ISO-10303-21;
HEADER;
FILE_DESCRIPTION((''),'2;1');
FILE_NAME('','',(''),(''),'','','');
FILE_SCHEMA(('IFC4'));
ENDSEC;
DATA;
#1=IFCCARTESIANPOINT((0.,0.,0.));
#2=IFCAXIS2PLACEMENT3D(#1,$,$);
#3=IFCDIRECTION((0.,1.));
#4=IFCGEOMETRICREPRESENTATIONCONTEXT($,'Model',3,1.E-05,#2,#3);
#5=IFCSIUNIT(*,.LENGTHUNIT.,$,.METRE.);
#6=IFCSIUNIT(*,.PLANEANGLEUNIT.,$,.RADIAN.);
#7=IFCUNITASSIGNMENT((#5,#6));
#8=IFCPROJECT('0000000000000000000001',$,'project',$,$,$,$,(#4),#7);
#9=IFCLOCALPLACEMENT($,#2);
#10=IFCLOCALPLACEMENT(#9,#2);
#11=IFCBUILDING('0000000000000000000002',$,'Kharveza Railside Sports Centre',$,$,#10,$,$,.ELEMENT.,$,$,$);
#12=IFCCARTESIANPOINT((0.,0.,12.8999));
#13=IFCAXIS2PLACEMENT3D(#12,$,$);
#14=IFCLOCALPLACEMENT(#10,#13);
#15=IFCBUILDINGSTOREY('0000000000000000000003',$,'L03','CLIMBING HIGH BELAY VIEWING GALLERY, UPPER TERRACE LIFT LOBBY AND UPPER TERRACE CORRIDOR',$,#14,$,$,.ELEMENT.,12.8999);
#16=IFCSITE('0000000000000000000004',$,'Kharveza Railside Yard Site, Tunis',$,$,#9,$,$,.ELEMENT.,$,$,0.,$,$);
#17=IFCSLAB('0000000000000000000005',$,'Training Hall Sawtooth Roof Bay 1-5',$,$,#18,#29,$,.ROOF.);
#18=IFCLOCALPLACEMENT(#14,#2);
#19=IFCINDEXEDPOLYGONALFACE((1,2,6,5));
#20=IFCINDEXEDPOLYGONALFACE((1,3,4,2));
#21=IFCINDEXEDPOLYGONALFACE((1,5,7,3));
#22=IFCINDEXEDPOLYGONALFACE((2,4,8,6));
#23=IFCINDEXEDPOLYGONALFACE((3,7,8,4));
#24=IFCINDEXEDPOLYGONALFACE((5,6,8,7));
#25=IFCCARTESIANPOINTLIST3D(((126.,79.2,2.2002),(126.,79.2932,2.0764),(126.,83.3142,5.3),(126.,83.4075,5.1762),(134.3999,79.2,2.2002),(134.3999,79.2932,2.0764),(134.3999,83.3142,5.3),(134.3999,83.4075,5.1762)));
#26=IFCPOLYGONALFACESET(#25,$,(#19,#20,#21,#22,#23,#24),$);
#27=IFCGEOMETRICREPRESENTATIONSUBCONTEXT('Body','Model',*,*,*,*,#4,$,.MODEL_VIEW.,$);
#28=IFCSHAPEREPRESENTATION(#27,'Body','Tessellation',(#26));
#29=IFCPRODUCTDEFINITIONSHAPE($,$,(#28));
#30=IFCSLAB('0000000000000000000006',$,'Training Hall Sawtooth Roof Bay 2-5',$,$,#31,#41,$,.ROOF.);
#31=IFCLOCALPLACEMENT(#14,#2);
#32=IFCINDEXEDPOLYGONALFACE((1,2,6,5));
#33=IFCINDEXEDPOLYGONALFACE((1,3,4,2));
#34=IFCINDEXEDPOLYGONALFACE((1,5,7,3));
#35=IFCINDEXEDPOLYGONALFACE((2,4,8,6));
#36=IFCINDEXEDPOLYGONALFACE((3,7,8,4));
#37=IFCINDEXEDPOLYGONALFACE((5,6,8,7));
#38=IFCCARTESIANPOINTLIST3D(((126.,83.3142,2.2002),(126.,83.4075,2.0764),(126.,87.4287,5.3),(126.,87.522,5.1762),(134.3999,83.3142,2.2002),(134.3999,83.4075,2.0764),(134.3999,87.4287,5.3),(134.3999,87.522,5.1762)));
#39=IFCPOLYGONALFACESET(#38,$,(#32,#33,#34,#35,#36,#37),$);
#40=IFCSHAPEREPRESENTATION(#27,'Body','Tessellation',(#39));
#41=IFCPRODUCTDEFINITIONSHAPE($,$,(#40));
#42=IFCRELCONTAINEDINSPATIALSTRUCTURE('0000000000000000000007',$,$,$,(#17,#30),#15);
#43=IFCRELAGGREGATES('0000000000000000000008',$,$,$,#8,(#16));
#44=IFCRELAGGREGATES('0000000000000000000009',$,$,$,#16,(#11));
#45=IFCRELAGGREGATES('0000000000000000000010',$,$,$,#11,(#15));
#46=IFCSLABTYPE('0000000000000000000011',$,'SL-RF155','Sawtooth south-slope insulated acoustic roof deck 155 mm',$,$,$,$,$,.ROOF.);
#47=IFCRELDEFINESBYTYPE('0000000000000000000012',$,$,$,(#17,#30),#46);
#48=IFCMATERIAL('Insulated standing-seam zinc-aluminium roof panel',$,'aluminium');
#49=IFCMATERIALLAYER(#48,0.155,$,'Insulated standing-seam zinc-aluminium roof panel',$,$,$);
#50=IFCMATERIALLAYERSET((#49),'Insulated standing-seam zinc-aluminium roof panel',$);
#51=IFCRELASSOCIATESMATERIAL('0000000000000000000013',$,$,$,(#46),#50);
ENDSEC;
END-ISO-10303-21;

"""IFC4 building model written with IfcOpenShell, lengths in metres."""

from ifc_helpers import new_model, si_unit, direction, frame, origin, place, context, subcontext, project, spatial, polyline, outline, extrude, material, layer, layer_set, type_object, element, save


model = new_model("IFC4")

# Units and contexts
model_context = context("Model", 3, precision=1e-05, world=origin(), true_north=direction((0.0, 1.0)))
body_context = subcontext(model_context, "Body", "Model", "MODEL_VIEW")
ifc_project = project(units=[si_unit("LENGTHUNIT", "METRE"), si_unit("PLANEANGLEUNIT", "RADIAN")], contexts=[model_context])

# Site, building, storey
site_placement = place(None, origin())
site = spatial("IfcSite", under=ifc_project, at=site_placement, Name="Kharveza Railside Yard Site, Tunis", CompositionType="ELEMENT", RefElevation=0.0)
building_placement = place(site_placement, origin())
building = spatial("IfcBuilding", under=site, at=building_placement, Name="Kharveza Railside Sports Centre", CompositionType="ELEMENT")
storey_placement = place(building_placement, frame((0.0, 0.0, 12.8999)))
storey = spatial("IfcBuildingStorey", under=building, at=storey_placement, Name="L03", Description="CLIMBING HIGH BELAY VIEWING GALLERY, UPPER TERRACE LIFT LOBBY AND UPPER TERRACE CORRIDOR", CompositionType="ELEMENT", Elevation=12.8999)

# Slabs
ifc_material_1 = material(Name="Insulated standing-seam zinc-aluminium roof panel", Category="aluminium")
ifc_layer_1 = layer(ifc_material_1, 0.155, Name="Insulated standing-seam zinc-aluminium roof panel")
ifc_layer_set_1 = layer_set([ifc_layer_1], Name="Insulated standing-seam zinc-aluminium roof panel")
slab_type = type_object("IfcSlabType", Name="SL-RF155", Description="Sawtooth south-slope insulated acoustic roof deck 155 mm", PredefinedType="ROOF", material=ifc_layer_set_1)
slab_1_placement = place(storey_placement, frame((126.0, 79.2, 2.2002), z_axis=(0.0, -0.601758, 0.798679), x_axis=(1.0, 0.0, 0.0)))
element("IfcSlab", 1, at=slab_1_placement, inside=storey, type_object=slab_type, Name="Training Hall Sawtooth Roof Bay 1-5", PredefinedType="ROOF", context=body_context, shape_type="SweptSolid", body=[
    extrude(outline(polyline([(0.0, 0.0), (8.3999, 0.0), (8.3999, 5.1513), (0.0, 5.1513), (0.0, 0.0)])), origin(), (0.0, 0.0, -1.0), 0.155),
])
slab_2_placement = place(storey_placement, frame((126.0, 83.3142, 2.2002), z_axis=(0.0, -0.601735, 0.798696), x_axis=(1.0, 0.0, 0.0)))
element("IfcSlab", 2, at=slab_2_placement, inside=storey, type_object=slab_type, Name="Training Hall Sawtooth Roof Bay 2-5", PredefinedType="ROOF", context=body_context, shape_type="SweptSolid", body=[
    extrude(outline(polyline([(0.0, 0.0), (8.3999, 0.0), (8.3999, 5.1515), (0.0, 5.1515), (0.0, 0.0)])), origin(), (0.0, 0.0, -1.0), 0.155),
])

save(model, "model.ifc")
